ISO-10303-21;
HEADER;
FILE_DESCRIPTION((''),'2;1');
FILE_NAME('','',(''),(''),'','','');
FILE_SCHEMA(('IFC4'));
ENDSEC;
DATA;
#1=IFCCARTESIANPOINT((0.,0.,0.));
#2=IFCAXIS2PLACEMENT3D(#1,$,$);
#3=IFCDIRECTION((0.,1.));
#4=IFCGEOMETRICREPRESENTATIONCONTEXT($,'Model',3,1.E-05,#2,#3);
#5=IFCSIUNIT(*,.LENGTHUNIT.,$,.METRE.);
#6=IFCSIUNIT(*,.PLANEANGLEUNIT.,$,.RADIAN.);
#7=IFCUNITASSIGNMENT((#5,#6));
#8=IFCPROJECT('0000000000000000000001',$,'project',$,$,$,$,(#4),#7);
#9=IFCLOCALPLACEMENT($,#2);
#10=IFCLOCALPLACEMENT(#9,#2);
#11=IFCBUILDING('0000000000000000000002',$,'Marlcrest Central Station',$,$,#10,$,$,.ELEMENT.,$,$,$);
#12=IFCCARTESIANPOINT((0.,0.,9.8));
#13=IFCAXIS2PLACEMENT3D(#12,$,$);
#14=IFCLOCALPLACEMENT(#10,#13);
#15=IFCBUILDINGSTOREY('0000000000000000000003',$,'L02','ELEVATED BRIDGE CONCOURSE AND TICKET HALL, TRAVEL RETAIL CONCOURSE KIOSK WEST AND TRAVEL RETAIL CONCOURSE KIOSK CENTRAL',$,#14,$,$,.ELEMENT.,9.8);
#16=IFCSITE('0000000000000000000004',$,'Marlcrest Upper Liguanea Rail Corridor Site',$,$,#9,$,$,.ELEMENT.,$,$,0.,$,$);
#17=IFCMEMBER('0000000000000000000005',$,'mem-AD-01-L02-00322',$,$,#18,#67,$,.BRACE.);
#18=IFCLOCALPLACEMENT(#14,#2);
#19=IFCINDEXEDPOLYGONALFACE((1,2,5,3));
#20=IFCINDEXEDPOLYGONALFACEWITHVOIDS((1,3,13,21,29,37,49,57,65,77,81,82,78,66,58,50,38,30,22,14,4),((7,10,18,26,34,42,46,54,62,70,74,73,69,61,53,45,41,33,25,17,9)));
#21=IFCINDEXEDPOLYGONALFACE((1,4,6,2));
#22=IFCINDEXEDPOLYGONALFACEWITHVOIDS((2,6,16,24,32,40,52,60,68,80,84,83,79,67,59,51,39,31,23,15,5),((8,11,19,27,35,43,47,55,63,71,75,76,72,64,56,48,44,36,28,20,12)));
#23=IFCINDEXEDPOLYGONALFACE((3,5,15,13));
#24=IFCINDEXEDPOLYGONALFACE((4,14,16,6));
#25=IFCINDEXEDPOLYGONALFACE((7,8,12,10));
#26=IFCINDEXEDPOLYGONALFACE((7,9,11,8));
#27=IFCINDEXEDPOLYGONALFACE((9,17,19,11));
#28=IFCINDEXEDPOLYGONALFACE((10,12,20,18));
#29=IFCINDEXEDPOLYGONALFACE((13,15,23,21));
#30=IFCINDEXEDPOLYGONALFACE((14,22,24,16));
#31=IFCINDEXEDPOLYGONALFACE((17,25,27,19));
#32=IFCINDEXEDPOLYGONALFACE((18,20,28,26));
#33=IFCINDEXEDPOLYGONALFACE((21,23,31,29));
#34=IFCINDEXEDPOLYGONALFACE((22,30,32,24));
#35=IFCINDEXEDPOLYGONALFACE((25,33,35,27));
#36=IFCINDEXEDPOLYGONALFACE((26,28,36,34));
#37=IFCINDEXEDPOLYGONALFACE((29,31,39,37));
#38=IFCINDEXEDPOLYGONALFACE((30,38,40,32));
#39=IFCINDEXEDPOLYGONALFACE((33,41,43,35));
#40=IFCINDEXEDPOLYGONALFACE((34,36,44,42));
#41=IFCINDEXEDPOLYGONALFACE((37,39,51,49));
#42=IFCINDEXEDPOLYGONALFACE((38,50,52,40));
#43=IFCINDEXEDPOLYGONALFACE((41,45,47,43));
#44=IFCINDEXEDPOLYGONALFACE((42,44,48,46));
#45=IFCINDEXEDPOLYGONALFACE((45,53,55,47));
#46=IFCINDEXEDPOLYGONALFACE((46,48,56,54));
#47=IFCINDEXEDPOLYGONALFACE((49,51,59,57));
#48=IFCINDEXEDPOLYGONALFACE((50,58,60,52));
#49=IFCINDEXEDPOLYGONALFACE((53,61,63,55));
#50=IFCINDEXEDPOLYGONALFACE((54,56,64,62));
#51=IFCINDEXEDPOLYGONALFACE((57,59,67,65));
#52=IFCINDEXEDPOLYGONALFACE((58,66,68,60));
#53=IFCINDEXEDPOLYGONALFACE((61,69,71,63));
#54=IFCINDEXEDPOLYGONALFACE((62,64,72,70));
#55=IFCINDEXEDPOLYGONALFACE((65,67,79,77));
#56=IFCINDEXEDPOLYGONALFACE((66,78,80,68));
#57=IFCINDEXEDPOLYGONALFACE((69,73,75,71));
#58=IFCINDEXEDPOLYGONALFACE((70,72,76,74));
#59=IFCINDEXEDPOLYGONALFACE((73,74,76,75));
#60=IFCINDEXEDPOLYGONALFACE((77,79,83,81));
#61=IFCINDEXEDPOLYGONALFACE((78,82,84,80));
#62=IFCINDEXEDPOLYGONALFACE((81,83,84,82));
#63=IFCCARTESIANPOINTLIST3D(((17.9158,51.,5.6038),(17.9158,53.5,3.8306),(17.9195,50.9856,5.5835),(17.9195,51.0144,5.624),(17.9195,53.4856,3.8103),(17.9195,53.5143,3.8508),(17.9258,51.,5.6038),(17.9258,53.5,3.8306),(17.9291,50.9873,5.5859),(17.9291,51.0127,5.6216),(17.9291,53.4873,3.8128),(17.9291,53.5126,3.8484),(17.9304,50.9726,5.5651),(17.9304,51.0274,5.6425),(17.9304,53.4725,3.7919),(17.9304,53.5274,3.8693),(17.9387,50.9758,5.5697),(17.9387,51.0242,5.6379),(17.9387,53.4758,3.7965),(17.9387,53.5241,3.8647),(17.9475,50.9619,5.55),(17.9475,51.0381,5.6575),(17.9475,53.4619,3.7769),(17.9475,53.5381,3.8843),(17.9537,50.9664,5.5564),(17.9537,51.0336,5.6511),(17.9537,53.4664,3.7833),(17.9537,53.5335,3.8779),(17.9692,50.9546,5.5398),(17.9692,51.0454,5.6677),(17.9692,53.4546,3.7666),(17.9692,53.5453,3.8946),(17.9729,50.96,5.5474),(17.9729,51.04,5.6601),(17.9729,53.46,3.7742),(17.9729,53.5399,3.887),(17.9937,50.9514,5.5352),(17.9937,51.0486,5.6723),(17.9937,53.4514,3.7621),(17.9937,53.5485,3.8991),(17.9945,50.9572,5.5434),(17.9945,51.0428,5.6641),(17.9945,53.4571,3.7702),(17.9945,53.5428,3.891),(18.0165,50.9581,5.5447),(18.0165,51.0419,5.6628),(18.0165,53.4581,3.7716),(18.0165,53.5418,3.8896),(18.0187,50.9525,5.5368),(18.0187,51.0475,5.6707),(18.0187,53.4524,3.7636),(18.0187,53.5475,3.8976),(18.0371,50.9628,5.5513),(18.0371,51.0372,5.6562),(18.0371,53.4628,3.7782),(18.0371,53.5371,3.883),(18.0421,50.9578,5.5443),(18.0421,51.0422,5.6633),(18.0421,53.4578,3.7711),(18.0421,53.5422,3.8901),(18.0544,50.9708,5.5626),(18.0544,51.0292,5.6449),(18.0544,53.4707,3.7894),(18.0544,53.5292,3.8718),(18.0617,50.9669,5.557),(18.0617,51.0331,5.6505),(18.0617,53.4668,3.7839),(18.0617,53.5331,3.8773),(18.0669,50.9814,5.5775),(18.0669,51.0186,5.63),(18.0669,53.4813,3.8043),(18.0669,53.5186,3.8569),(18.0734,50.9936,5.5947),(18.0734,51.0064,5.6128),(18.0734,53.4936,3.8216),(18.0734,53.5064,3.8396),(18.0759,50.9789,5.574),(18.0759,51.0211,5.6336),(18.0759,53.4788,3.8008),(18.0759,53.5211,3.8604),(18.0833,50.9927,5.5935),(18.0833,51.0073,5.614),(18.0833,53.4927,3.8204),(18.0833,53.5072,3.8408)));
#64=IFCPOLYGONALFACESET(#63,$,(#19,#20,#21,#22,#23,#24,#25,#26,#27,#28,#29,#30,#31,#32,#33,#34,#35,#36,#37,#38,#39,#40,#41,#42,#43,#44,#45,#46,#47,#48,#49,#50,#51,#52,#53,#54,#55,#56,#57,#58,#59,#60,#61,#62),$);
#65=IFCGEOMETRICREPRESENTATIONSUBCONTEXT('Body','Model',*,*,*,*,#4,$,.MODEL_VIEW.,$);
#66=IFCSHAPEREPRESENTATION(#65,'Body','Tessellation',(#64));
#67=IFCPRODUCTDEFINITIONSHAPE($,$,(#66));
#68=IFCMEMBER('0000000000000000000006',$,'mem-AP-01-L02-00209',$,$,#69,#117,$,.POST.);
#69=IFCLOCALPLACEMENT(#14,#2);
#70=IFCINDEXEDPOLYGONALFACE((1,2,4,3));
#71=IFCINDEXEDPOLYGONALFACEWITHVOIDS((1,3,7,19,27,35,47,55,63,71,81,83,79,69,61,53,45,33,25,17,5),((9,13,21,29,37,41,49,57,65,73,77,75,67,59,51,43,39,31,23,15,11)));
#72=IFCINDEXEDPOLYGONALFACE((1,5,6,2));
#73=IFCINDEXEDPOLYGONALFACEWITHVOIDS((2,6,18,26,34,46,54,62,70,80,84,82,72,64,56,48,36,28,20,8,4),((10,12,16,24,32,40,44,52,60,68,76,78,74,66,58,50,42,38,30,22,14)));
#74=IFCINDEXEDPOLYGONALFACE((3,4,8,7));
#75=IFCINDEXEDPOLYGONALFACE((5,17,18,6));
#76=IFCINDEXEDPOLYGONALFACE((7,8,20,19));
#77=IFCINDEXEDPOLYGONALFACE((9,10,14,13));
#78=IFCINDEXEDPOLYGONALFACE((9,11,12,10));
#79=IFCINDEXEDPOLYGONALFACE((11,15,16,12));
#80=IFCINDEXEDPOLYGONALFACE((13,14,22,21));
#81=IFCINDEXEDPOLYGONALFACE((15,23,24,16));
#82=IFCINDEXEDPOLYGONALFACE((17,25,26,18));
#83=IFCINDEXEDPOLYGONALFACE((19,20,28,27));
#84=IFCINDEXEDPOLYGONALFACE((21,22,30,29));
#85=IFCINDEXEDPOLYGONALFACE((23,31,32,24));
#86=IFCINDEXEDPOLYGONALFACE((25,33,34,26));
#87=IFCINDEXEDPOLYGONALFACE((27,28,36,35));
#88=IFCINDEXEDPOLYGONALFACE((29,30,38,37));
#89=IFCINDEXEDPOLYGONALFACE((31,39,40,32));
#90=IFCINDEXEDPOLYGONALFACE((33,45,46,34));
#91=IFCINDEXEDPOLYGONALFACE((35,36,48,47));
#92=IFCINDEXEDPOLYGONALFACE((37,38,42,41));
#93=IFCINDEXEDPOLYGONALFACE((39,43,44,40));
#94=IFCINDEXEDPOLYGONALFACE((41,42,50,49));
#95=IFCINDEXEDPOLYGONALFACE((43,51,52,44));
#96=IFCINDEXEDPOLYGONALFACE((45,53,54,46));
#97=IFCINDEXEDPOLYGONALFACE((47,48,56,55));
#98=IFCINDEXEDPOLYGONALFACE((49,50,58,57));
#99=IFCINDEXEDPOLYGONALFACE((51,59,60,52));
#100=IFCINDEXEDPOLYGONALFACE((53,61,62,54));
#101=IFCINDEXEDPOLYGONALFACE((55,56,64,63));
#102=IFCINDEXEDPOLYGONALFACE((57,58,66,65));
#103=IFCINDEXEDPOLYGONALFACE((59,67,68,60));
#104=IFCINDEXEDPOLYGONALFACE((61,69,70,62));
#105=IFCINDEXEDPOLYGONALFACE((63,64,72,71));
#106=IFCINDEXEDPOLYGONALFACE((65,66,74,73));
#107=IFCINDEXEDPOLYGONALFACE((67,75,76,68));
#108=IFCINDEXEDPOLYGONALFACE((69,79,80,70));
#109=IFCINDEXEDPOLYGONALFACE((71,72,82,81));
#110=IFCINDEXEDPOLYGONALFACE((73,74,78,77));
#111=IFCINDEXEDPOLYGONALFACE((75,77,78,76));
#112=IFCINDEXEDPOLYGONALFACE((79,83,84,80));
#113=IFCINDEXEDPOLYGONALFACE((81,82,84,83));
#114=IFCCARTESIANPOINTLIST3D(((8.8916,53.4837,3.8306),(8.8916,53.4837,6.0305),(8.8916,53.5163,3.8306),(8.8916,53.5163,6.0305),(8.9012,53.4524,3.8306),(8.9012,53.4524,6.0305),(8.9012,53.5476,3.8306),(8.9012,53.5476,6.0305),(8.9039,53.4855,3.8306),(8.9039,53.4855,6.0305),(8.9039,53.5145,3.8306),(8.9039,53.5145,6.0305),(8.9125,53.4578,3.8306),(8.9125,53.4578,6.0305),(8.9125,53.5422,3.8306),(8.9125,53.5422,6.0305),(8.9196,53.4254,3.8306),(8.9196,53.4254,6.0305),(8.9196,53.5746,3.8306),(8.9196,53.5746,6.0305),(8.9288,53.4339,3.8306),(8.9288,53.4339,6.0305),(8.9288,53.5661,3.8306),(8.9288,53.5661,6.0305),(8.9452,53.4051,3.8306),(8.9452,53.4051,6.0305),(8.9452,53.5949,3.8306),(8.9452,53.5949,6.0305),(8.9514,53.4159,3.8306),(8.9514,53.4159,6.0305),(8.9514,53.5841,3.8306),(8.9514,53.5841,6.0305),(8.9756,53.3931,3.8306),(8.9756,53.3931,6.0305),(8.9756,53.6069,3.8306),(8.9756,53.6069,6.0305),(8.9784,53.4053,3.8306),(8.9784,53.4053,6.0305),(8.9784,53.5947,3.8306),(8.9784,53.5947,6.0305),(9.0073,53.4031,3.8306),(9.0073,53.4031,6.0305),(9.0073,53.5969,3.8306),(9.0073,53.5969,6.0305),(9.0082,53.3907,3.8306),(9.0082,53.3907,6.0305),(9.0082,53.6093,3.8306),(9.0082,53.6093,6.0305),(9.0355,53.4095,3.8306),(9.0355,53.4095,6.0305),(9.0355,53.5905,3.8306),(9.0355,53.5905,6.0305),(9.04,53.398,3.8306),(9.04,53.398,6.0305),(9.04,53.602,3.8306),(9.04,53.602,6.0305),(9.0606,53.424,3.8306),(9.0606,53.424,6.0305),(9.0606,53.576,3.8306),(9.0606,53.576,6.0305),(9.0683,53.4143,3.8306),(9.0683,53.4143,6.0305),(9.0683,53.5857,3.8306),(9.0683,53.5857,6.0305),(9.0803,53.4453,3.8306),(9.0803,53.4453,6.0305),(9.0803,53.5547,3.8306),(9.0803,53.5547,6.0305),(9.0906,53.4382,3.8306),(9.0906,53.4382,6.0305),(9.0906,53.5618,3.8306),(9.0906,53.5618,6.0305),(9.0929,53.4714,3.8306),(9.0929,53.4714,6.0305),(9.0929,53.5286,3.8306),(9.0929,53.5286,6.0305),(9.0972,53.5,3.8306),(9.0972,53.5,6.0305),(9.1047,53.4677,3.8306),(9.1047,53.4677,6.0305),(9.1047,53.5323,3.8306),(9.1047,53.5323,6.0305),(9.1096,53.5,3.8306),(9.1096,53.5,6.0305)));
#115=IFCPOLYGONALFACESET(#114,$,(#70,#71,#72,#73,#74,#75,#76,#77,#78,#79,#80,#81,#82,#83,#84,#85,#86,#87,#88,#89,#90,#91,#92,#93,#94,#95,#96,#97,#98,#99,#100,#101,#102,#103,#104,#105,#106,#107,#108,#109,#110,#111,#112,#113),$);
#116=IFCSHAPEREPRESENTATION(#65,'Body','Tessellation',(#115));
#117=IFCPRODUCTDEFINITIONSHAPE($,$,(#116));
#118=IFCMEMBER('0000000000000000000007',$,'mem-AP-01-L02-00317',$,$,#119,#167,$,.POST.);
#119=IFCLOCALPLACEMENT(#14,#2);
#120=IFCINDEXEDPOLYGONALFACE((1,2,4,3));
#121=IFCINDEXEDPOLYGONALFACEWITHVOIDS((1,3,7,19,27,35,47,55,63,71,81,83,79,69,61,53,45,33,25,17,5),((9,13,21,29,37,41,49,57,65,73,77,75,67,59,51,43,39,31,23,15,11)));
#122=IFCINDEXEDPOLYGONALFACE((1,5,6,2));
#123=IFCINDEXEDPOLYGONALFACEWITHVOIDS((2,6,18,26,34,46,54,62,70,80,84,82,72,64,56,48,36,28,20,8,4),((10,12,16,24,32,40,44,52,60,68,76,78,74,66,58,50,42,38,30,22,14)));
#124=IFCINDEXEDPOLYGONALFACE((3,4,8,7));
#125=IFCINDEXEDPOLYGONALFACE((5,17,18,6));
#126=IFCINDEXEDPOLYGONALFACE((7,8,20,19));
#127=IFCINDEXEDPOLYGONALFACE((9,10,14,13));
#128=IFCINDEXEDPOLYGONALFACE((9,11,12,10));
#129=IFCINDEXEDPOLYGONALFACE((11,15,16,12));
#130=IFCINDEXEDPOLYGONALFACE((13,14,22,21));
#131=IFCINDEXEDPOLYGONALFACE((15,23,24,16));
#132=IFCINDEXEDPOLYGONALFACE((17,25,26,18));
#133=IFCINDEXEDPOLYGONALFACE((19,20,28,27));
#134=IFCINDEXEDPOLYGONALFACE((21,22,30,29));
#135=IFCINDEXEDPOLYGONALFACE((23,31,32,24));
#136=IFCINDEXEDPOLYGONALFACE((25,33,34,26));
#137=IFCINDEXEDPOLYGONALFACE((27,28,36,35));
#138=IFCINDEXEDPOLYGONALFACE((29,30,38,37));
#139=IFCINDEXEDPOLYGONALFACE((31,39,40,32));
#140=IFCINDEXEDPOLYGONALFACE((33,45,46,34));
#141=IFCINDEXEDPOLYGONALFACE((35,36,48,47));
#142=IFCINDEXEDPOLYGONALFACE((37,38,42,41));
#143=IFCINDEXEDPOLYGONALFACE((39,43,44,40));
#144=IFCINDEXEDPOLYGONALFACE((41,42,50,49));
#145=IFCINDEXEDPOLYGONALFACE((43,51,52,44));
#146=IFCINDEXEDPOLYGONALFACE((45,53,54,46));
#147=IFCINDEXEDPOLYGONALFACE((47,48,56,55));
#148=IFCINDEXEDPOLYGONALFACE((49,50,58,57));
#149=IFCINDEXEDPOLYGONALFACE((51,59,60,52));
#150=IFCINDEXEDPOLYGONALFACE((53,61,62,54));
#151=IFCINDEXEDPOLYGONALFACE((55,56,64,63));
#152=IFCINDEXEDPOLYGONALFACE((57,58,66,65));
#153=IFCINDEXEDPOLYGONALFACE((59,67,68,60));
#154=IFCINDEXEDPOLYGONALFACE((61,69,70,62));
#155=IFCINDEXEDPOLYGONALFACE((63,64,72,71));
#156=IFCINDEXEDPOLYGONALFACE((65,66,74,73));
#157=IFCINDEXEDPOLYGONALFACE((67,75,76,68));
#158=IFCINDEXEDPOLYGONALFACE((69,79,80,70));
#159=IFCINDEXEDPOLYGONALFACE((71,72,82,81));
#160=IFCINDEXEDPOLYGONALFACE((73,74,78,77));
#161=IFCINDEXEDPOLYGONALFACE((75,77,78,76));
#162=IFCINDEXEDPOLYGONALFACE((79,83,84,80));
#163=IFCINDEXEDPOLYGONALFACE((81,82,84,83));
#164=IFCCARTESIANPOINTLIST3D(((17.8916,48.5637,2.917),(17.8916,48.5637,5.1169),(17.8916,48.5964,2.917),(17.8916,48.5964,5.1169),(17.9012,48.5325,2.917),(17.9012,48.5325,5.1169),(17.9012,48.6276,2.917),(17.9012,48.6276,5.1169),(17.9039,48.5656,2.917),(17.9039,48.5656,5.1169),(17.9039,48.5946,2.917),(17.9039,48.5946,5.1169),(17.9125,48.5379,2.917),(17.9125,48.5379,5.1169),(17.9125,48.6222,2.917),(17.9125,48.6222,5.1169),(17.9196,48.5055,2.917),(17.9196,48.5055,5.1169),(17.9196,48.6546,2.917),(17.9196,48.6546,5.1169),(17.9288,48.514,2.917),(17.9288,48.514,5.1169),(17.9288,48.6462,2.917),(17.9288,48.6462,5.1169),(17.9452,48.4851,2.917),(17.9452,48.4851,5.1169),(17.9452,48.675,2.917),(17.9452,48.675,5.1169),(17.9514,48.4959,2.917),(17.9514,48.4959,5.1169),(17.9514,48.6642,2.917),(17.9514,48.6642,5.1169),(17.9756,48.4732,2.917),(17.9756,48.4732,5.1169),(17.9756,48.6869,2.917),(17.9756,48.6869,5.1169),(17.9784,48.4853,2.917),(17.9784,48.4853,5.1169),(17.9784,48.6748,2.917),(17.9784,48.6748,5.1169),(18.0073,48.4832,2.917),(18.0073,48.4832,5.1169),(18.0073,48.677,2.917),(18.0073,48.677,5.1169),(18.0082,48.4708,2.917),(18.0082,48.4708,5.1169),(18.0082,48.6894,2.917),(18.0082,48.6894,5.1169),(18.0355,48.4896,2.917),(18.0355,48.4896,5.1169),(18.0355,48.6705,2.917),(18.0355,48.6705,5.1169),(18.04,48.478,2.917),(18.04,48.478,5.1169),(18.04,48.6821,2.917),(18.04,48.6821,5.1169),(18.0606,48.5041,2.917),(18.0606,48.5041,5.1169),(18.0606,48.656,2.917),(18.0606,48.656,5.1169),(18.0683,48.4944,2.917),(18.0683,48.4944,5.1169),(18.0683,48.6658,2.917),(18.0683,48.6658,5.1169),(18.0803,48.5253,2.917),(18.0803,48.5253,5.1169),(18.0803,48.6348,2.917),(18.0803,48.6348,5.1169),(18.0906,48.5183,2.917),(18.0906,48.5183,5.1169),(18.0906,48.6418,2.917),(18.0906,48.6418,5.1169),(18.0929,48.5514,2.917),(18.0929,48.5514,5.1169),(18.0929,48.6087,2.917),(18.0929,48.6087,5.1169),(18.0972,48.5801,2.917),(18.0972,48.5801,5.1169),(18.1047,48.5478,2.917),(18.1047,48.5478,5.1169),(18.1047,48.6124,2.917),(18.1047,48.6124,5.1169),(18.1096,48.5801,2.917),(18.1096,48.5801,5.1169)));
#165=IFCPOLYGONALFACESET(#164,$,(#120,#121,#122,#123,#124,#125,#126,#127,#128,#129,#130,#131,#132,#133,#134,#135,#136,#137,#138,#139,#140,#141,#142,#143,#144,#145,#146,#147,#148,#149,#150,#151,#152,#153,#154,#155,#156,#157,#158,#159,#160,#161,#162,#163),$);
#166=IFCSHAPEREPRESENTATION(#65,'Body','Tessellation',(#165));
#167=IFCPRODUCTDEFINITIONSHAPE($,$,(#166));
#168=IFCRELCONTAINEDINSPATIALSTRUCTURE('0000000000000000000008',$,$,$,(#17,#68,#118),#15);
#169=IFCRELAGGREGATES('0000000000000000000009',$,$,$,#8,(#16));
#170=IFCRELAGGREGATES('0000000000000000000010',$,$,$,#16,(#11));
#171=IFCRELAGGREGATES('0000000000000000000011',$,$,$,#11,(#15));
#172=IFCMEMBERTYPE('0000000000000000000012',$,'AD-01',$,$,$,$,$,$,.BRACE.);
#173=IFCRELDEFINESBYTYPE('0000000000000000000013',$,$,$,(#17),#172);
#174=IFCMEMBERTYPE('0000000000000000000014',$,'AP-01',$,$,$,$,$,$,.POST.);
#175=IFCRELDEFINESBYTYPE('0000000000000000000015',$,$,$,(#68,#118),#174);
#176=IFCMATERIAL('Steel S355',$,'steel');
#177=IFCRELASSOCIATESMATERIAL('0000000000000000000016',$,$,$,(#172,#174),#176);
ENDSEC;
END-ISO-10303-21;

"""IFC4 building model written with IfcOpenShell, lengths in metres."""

from ifc_helpers import new_model, si_unit, direction, frame, origin, origin_2d, place, context, subcontext, project, spatial, hollow_circle, extrude, material, material_profile, profile_set, type_object, element, save


model = new_model("IFC4")

# Units and contexts
model_context = context("Model", 3, precision=1e-05, world=origin(), true_north=direction((0.0, 1.0)))
body_context = subcontext(model_context, "Body", "Model", "MODEL_VIEW")
ifc_project = project(units=[si_unit("LENGTHUNIT", "METRE"), si_unit("PLANEANGLEUNIT", "RADIAN")], contexts=[model_context])

# Site, building, storey
site_placement = place(None, origin())
site = spatial("IfcSite", under=ifc_project, at=site_placement, Name="Marlcrest Upper Liguanea Rail Corridor Site", CompositionType="ELEMENT", RefElevation=0.0)
building_placement = place(site_placement, origin())
building = spatial("IfcBuilding", under=site, at=building_placement, Name="Marlcrest Central Station", CompositionType="ELEMENT")
storey_placement = place(building_placement, frame((0.0, 0.0, 9.8)))
storey = spatial("IfcBuildingStorey", under=building, at=storey_placement, Name="L02", Description="ELEVATED BRIDGE CONCOURSE AND TICKET HALL, TRAVEL RETAIL CONCOURSE KIOSK WEST AND TRAVEL RETAIL CONCOURSE KIOSK CENTRAL", CompositionType="ELEMENT", Elevation=9.8)

# Members
ifc_material = material(Name="Steel S355", Category="steel")
ifc_material_profile_1 = material_profile(ifc_material, hollow_circle(Radius=0.0842, WallThickness=0.01, at=origin_2d()), Name="CHS 168.3x10")
ifc_profile_set_1 = profile_set([ifc_material_profile_1], Name="Steel S355")
member_type_1 = type_object("IfcMemberType", Name="AD-01", PredefinedType="BRACE", material=ifc_profile_set_1)
member_1_placement = place(storey_placement, frame((18.0, 51.0, 5.6038), z_axis=(0.0, 0.815661, -0.57853), x_axis=(-1.0, 0.0, 0.0)))
element("IfcMember", 1, at=member_1_placement, inside=storey, type_object=member_type_1, Name="mem-AD-01-L02-00322", PredefinedType="BRACE", context=body_context, shape_type="SweptSolid", body=[
    extrude(hollow_circle(Radius=0.0842, WallThickness=0.01, at=origin_2d()), origin(), (0.0, 0.0, 1.0), 3.0649),
])
ifc_material_profile_2 = material_profile(ifc_material, hollow_circle(Radius=0.1096, WallThickness=0.0125, at=origin_2d()), Name="CHS 219.1x12.5")
ifc_profile_set_2 = profile_set([ifc_material_profile_2], Name="Steel S355")
member_type_2 = type_object("IfcMemberType", Name="AP-01", PredefinedType="POST", material=ifc_profile_set_2)
for number, where, z_axis, x_axis, name in (
    (2, (9.0, 53.5, 3.8306), (0.0, 0.0, 1.0), (1.0, 0.0, 0.0), "mem-AP-01-L02-00209"),
    (3, (18.0, 48.5801, 2.917), (0.0, 0.0, 1.0), (1.0, 0.0, 0.0), "mem-AP-01-L02-00317"),
):
    element("IfcMember", number, at=place(storey_placement, frame(where, z_axis=z_axis, x_axis=x_axis)), inside=storey, type_object=member_type_2, Name=name, PredefinedType="POST", context=body_context, shape_type="SweptSolid", body=[
        extrude(hollow_circle(Radius=0.1096, WallThickness=0.0125, at=origin_2d()), origin(), (0.0, 0.0, 1.0), 2.2),
    ])

save(model, "model.ifc")
